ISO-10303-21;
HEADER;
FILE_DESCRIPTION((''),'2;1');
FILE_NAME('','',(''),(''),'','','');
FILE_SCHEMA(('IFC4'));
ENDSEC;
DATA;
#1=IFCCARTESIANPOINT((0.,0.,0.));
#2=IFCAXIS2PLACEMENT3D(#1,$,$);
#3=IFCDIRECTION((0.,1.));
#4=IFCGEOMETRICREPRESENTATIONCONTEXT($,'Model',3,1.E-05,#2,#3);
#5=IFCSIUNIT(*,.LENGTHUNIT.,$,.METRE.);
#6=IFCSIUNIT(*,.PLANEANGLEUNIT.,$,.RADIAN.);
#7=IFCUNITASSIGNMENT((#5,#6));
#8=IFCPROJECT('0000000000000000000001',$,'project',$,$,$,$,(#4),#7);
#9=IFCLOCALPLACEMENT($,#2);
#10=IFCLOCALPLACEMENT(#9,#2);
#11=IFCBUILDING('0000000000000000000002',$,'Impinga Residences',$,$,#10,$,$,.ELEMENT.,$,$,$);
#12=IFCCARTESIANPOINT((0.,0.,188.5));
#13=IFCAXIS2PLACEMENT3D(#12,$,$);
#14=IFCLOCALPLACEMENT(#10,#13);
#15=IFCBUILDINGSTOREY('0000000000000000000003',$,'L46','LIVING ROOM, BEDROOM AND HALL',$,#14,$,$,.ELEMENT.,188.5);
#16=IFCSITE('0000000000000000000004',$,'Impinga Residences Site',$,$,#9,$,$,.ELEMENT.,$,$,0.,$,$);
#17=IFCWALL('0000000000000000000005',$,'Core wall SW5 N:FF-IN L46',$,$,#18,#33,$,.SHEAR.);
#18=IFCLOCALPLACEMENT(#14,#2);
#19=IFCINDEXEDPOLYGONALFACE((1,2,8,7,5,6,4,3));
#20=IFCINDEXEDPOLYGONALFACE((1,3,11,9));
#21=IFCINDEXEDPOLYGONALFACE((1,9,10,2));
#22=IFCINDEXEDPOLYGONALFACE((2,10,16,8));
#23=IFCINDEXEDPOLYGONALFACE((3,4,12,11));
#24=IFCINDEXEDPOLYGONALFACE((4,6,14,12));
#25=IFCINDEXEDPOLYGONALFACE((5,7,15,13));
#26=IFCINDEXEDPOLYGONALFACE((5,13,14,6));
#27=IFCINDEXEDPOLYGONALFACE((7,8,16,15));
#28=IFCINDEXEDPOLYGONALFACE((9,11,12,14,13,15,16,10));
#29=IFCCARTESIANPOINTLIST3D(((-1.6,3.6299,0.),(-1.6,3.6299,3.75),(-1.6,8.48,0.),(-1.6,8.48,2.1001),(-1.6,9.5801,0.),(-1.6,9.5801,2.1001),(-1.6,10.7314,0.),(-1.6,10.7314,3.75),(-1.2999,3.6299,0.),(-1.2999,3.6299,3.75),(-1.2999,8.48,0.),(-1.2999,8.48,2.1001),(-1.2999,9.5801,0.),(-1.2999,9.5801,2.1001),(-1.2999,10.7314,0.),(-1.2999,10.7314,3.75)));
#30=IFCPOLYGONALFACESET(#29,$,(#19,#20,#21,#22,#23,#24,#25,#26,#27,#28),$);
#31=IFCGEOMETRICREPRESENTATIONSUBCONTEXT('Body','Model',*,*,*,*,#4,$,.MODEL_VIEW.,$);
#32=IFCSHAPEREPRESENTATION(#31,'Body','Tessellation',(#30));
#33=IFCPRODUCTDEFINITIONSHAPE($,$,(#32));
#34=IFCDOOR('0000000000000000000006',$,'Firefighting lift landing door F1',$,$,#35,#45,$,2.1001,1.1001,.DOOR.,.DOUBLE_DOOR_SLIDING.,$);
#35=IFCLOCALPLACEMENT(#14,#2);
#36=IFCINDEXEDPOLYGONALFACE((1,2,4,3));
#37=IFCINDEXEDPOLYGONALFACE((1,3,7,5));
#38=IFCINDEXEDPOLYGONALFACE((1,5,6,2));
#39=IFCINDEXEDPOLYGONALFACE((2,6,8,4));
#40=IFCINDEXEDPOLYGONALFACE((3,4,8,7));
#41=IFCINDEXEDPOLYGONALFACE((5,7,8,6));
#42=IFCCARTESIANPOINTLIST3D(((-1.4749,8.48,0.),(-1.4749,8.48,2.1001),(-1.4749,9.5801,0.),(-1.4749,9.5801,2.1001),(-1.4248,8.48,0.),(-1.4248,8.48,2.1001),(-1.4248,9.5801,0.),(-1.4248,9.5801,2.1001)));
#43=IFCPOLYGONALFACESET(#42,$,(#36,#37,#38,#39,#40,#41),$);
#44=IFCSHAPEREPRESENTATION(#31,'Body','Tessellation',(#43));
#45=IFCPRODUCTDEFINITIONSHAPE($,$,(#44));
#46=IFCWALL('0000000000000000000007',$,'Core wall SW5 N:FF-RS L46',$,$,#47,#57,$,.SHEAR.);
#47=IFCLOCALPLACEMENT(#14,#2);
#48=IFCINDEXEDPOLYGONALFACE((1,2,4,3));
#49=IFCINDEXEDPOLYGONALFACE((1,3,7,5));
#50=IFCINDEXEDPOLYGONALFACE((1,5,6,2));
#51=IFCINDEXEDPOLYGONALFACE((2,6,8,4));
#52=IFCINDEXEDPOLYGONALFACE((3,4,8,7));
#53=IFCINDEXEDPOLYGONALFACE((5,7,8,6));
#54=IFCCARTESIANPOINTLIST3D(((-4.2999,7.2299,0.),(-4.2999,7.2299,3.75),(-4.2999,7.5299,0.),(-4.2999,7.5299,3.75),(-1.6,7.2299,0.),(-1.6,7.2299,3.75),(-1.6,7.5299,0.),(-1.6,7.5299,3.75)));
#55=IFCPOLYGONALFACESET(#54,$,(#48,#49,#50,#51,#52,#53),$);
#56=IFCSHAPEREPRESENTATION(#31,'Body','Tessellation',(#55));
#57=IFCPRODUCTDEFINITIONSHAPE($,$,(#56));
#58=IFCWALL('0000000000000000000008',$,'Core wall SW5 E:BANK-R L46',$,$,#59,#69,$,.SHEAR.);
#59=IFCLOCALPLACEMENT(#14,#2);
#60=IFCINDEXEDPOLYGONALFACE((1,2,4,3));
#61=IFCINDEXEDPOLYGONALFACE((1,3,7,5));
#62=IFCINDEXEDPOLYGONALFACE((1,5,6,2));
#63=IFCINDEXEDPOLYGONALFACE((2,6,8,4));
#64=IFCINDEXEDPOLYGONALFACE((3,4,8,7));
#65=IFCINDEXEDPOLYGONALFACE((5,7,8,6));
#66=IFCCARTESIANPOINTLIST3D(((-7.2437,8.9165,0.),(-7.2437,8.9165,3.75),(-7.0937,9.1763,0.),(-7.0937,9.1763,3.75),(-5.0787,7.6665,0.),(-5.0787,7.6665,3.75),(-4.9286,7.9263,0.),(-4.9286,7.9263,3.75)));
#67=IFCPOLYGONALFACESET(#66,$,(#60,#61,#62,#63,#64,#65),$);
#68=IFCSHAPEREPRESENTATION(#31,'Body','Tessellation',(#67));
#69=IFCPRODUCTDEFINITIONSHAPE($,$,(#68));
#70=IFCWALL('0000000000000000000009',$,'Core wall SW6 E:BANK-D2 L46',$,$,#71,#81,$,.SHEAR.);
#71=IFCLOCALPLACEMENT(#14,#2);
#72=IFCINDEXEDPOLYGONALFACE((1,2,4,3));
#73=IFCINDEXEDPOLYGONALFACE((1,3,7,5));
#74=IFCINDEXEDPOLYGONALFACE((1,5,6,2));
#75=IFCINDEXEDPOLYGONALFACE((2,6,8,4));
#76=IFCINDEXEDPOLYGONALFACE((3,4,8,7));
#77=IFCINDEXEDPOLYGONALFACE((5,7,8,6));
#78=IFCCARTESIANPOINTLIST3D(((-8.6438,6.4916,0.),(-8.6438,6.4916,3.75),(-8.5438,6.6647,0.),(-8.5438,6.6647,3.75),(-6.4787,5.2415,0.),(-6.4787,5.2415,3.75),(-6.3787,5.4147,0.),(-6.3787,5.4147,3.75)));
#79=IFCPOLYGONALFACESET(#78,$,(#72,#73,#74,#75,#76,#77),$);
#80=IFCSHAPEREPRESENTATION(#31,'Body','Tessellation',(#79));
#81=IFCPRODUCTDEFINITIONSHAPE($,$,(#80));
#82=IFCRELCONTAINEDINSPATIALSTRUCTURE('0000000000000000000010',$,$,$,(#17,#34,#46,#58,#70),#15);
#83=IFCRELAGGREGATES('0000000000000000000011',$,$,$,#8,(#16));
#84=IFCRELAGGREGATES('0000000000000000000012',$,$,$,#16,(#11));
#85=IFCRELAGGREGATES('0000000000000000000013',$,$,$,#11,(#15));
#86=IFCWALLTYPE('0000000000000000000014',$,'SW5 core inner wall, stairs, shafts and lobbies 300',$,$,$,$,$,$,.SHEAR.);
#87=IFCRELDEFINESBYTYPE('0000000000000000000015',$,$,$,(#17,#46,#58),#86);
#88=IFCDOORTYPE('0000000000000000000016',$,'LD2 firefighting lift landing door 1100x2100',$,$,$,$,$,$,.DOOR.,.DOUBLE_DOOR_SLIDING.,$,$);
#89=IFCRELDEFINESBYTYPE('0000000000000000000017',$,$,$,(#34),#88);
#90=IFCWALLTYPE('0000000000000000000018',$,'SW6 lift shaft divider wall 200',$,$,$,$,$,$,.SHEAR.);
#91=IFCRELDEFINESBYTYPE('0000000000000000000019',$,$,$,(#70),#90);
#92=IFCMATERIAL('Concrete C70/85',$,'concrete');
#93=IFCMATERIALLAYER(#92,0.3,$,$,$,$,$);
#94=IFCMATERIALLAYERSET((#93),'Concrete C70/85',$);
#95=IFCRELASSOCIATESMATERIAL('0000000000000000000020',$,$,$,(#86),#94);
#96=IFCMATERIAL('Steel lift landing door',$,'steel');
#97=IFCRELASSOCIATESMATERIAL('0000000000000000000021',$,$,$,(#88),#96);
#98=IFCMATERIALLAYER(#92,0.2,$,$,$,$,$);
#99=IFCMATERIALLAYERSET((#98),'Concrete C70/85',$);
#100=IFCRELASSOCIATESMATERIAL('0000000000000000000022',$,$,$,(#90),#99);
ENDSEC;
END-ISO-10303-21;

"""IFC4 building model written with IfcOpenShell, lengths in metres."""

from ifc_helpers import new_model, si_unit, direction, frame, frame_2d, origin, place, context, subcontext, project, spatial, rectangle, extrude, material, layer, layer_set, type_object, element, fill, save


model = new_model("IFC4")

# Units and contexts
model_context = context("Model", 3, precision=1e-05, world=origin(), true_north=direction((0.0, 1.0)))
body_context = subcontext(model_context, "Body", "Model", "MODEL_VIEW")
ifc_project = project(units=[si_unit("LENGTHUNIT", "METRE"), si_unit("PLANEANGLEUNIT", "RADIAN")], contexts=[model_context])

# Site, building, storey
site_placement = place(None, origin())
site = spatial("IfcSite", under=ifc_project, at=site_placement, Name="Impinga Residences Site", CompositionType="ELEMENT", RefElevation=0.0)
building_placement = place(site_placement, origin())
building = spatial("IfcBuilding", under=site, at=building_placement, Name="Impinga Residences", CompositionType="ELEMENT")
storey_placement = place(building_placement, frame((0.0, 0.0, 188.5)))
storey = spatial("IfcBuildingStorey", under=building, at=storey_placement, Name="L46", Description="LIVING ROOM, BEDROOM AND HALL", CompositionType="ELEMENT", Elevation=188.5)

# Wall, opening, door
ifc_material_1 = material(Name="Concrete C70/85", Category="concrete")
ifc_layer_1 = layer(ifc_material_1, 0.3)
ifc_layer_set_1 = layer_set([ifc_layer_1], Name="Concrete C70/85")
wall_type_1 = type_object("IfcWallType", Name="SW5 core inner wall, stairs, shafts and lobbies 300", PredefinedType="SHEAR", material=ifc_layer_set_1)
wall_1_placement = place(storey_placement, frame((-1.45, 3.6299, 0.0), z_axis=(0.0, 0.0, 1.0), x_axis=(0.0, 1.0, 0.0)))
wall_1 = element("IfcWall", 1, at=wall_1_placement, inside=storey, type_object=wall_type_1, Name="Core wall SW5 N:FF-IN L46", PredefinedType="SHEAR", context=body_context, shape_type="SweptSolid", body=[
    extrude(rectangle(XDim=7.1016, YDim=0.3, at=frame_2d((3.5508, 0.0))), origin(), (0.0, 0.0, 1.0), 3.75),
])
opening_1_placement = place(wall_1_placement, frame((4.8501, 0.0, 0.0)))
opening_1 = element("IfcOpeningElement", 2, at=opening_1_placement, cuts=wall_1, PredefinedType="OPENING", context=body_context, shape_type="SweptSolid", body=[
    extrude(rectangle(XDim=1.1001, YDim=2.1001, at=frame_2d((0.55, 1.05))), frame((0.0, 0.1599, 0.0), z_axis=(0.0, -1.0, 0.0), x_axis=(1.0, 0.0, 0.0)), (0.0, 0.0, 1.0), 0.3201),
])
ifc_material_2 = material(Name="Steel lift landing door", Category="steel")
door_type_1 = type_object("IfcDoorType", Name="LD2 firefighting lift landing door 1100x2100", OperationType="DOUBLE_DOOR_SLIDING", PredefinedType="DOOR", material=ifc_material_2)
door_1_placement = place(opening_1_placement, origin())
door_1 = element("IfcDoor", 3, at=door_1_placement, inside=storey, type_object=door_type_1, Name="Firefighting lift landing door F1", OperationType="DOUBLE_DOOR_SLIDING", OverallHeight=2.1001, OverallWidth=1.1001, PredefinedType="DOOR", context=body_context, shape_type="SweptSolid", body=[
    extrude(rectangle(XDim=1.1001, YDim=2.1001, at=frame_2d((0.55, 1.05))), frame((0.0, 0.0249, 0.0), z_axis=(0.0, -1.0, 0.0), x_axis=(1.0, 0.0, 0.0)), (0.0, 0.0, 1.0), 0.05),
])
fill(opening_1, door_1)

# Walls
wall_2_placement = place(storey_placement, frame((-4.3, 7.3799, 0.0), z_axis=(0.0, 0.0, 1.0), x_axis=(1.0, 0.0, 0.0)))
element("IfcWall", 4, at=wall_2_placement, inside=storey, type_object=wall_type_1, Name="Core wall SW5 N:FF-RS L46", PredefinedType="SHEAR", context=body_context, shape_type="SweptSolid", body=[
    extrude(rectangle(XDim=2.7, YDim=0.3, at=frame_2d((1.3501, 0.0))), origin(), (0.0, 0.0, 1.0), 3.75),
])
wall_3_placement = place(storey_placement, frame((-5.0037, 7.7964, 0.0), z_axis=(0.0, 0.0, 1.0), x_axis=(-0.866023, 0.500004, 0.0)))
element("IfcWall", 5, at=wall_3_placement, inside=storey, type_object=wall_type_1, Name="Core wall SW5 E:BANK-R L46", PredefinedType="SHEAR", context=body_context, shape_type="SweptSolid", body=[
    extrude(rectangle(XDim=2.5, YDim=0.3, at=frame_2d((1.25, 0.0))), origin(), (0.0, 0.0, 1.0), 3.75),
])
ifc_layer_2 = layer(ifc_material_1, 0.2)
ifc_layer_set_2 = layer_set([ifc_layer_2], Name="Concrete C70/85")
wall_type_2 = type_object("IfcWallType", Name="SW6 lift shaft divider wall 200", PredefinedType="SHEAR", material=ifc_layer_set_2)
wall_4_placement = place(storey_placement, frame((-6.4287, 5.3281, 0.0), z_axis=(0.0, 0.0, 1.0), x_axis=(-0.866023, 0.500004, 0.0)))
element("IfcWall", 6, at=wall_4_placement, inside=storey, type_object=wall_type_2, Name="Core wall SW6 E:BANK-D2 L46", PredefinedType="SHEAR", context=body_context, shape_type="SweptSolid", body=[
    extrude(rectangle(XDim=2.5, YDim=0.2, at=frame_2d((1.25, 0.0))), origin(), (0.0, 0.0, 1.0), 3.75),
])

save(model, "model.ifc")
